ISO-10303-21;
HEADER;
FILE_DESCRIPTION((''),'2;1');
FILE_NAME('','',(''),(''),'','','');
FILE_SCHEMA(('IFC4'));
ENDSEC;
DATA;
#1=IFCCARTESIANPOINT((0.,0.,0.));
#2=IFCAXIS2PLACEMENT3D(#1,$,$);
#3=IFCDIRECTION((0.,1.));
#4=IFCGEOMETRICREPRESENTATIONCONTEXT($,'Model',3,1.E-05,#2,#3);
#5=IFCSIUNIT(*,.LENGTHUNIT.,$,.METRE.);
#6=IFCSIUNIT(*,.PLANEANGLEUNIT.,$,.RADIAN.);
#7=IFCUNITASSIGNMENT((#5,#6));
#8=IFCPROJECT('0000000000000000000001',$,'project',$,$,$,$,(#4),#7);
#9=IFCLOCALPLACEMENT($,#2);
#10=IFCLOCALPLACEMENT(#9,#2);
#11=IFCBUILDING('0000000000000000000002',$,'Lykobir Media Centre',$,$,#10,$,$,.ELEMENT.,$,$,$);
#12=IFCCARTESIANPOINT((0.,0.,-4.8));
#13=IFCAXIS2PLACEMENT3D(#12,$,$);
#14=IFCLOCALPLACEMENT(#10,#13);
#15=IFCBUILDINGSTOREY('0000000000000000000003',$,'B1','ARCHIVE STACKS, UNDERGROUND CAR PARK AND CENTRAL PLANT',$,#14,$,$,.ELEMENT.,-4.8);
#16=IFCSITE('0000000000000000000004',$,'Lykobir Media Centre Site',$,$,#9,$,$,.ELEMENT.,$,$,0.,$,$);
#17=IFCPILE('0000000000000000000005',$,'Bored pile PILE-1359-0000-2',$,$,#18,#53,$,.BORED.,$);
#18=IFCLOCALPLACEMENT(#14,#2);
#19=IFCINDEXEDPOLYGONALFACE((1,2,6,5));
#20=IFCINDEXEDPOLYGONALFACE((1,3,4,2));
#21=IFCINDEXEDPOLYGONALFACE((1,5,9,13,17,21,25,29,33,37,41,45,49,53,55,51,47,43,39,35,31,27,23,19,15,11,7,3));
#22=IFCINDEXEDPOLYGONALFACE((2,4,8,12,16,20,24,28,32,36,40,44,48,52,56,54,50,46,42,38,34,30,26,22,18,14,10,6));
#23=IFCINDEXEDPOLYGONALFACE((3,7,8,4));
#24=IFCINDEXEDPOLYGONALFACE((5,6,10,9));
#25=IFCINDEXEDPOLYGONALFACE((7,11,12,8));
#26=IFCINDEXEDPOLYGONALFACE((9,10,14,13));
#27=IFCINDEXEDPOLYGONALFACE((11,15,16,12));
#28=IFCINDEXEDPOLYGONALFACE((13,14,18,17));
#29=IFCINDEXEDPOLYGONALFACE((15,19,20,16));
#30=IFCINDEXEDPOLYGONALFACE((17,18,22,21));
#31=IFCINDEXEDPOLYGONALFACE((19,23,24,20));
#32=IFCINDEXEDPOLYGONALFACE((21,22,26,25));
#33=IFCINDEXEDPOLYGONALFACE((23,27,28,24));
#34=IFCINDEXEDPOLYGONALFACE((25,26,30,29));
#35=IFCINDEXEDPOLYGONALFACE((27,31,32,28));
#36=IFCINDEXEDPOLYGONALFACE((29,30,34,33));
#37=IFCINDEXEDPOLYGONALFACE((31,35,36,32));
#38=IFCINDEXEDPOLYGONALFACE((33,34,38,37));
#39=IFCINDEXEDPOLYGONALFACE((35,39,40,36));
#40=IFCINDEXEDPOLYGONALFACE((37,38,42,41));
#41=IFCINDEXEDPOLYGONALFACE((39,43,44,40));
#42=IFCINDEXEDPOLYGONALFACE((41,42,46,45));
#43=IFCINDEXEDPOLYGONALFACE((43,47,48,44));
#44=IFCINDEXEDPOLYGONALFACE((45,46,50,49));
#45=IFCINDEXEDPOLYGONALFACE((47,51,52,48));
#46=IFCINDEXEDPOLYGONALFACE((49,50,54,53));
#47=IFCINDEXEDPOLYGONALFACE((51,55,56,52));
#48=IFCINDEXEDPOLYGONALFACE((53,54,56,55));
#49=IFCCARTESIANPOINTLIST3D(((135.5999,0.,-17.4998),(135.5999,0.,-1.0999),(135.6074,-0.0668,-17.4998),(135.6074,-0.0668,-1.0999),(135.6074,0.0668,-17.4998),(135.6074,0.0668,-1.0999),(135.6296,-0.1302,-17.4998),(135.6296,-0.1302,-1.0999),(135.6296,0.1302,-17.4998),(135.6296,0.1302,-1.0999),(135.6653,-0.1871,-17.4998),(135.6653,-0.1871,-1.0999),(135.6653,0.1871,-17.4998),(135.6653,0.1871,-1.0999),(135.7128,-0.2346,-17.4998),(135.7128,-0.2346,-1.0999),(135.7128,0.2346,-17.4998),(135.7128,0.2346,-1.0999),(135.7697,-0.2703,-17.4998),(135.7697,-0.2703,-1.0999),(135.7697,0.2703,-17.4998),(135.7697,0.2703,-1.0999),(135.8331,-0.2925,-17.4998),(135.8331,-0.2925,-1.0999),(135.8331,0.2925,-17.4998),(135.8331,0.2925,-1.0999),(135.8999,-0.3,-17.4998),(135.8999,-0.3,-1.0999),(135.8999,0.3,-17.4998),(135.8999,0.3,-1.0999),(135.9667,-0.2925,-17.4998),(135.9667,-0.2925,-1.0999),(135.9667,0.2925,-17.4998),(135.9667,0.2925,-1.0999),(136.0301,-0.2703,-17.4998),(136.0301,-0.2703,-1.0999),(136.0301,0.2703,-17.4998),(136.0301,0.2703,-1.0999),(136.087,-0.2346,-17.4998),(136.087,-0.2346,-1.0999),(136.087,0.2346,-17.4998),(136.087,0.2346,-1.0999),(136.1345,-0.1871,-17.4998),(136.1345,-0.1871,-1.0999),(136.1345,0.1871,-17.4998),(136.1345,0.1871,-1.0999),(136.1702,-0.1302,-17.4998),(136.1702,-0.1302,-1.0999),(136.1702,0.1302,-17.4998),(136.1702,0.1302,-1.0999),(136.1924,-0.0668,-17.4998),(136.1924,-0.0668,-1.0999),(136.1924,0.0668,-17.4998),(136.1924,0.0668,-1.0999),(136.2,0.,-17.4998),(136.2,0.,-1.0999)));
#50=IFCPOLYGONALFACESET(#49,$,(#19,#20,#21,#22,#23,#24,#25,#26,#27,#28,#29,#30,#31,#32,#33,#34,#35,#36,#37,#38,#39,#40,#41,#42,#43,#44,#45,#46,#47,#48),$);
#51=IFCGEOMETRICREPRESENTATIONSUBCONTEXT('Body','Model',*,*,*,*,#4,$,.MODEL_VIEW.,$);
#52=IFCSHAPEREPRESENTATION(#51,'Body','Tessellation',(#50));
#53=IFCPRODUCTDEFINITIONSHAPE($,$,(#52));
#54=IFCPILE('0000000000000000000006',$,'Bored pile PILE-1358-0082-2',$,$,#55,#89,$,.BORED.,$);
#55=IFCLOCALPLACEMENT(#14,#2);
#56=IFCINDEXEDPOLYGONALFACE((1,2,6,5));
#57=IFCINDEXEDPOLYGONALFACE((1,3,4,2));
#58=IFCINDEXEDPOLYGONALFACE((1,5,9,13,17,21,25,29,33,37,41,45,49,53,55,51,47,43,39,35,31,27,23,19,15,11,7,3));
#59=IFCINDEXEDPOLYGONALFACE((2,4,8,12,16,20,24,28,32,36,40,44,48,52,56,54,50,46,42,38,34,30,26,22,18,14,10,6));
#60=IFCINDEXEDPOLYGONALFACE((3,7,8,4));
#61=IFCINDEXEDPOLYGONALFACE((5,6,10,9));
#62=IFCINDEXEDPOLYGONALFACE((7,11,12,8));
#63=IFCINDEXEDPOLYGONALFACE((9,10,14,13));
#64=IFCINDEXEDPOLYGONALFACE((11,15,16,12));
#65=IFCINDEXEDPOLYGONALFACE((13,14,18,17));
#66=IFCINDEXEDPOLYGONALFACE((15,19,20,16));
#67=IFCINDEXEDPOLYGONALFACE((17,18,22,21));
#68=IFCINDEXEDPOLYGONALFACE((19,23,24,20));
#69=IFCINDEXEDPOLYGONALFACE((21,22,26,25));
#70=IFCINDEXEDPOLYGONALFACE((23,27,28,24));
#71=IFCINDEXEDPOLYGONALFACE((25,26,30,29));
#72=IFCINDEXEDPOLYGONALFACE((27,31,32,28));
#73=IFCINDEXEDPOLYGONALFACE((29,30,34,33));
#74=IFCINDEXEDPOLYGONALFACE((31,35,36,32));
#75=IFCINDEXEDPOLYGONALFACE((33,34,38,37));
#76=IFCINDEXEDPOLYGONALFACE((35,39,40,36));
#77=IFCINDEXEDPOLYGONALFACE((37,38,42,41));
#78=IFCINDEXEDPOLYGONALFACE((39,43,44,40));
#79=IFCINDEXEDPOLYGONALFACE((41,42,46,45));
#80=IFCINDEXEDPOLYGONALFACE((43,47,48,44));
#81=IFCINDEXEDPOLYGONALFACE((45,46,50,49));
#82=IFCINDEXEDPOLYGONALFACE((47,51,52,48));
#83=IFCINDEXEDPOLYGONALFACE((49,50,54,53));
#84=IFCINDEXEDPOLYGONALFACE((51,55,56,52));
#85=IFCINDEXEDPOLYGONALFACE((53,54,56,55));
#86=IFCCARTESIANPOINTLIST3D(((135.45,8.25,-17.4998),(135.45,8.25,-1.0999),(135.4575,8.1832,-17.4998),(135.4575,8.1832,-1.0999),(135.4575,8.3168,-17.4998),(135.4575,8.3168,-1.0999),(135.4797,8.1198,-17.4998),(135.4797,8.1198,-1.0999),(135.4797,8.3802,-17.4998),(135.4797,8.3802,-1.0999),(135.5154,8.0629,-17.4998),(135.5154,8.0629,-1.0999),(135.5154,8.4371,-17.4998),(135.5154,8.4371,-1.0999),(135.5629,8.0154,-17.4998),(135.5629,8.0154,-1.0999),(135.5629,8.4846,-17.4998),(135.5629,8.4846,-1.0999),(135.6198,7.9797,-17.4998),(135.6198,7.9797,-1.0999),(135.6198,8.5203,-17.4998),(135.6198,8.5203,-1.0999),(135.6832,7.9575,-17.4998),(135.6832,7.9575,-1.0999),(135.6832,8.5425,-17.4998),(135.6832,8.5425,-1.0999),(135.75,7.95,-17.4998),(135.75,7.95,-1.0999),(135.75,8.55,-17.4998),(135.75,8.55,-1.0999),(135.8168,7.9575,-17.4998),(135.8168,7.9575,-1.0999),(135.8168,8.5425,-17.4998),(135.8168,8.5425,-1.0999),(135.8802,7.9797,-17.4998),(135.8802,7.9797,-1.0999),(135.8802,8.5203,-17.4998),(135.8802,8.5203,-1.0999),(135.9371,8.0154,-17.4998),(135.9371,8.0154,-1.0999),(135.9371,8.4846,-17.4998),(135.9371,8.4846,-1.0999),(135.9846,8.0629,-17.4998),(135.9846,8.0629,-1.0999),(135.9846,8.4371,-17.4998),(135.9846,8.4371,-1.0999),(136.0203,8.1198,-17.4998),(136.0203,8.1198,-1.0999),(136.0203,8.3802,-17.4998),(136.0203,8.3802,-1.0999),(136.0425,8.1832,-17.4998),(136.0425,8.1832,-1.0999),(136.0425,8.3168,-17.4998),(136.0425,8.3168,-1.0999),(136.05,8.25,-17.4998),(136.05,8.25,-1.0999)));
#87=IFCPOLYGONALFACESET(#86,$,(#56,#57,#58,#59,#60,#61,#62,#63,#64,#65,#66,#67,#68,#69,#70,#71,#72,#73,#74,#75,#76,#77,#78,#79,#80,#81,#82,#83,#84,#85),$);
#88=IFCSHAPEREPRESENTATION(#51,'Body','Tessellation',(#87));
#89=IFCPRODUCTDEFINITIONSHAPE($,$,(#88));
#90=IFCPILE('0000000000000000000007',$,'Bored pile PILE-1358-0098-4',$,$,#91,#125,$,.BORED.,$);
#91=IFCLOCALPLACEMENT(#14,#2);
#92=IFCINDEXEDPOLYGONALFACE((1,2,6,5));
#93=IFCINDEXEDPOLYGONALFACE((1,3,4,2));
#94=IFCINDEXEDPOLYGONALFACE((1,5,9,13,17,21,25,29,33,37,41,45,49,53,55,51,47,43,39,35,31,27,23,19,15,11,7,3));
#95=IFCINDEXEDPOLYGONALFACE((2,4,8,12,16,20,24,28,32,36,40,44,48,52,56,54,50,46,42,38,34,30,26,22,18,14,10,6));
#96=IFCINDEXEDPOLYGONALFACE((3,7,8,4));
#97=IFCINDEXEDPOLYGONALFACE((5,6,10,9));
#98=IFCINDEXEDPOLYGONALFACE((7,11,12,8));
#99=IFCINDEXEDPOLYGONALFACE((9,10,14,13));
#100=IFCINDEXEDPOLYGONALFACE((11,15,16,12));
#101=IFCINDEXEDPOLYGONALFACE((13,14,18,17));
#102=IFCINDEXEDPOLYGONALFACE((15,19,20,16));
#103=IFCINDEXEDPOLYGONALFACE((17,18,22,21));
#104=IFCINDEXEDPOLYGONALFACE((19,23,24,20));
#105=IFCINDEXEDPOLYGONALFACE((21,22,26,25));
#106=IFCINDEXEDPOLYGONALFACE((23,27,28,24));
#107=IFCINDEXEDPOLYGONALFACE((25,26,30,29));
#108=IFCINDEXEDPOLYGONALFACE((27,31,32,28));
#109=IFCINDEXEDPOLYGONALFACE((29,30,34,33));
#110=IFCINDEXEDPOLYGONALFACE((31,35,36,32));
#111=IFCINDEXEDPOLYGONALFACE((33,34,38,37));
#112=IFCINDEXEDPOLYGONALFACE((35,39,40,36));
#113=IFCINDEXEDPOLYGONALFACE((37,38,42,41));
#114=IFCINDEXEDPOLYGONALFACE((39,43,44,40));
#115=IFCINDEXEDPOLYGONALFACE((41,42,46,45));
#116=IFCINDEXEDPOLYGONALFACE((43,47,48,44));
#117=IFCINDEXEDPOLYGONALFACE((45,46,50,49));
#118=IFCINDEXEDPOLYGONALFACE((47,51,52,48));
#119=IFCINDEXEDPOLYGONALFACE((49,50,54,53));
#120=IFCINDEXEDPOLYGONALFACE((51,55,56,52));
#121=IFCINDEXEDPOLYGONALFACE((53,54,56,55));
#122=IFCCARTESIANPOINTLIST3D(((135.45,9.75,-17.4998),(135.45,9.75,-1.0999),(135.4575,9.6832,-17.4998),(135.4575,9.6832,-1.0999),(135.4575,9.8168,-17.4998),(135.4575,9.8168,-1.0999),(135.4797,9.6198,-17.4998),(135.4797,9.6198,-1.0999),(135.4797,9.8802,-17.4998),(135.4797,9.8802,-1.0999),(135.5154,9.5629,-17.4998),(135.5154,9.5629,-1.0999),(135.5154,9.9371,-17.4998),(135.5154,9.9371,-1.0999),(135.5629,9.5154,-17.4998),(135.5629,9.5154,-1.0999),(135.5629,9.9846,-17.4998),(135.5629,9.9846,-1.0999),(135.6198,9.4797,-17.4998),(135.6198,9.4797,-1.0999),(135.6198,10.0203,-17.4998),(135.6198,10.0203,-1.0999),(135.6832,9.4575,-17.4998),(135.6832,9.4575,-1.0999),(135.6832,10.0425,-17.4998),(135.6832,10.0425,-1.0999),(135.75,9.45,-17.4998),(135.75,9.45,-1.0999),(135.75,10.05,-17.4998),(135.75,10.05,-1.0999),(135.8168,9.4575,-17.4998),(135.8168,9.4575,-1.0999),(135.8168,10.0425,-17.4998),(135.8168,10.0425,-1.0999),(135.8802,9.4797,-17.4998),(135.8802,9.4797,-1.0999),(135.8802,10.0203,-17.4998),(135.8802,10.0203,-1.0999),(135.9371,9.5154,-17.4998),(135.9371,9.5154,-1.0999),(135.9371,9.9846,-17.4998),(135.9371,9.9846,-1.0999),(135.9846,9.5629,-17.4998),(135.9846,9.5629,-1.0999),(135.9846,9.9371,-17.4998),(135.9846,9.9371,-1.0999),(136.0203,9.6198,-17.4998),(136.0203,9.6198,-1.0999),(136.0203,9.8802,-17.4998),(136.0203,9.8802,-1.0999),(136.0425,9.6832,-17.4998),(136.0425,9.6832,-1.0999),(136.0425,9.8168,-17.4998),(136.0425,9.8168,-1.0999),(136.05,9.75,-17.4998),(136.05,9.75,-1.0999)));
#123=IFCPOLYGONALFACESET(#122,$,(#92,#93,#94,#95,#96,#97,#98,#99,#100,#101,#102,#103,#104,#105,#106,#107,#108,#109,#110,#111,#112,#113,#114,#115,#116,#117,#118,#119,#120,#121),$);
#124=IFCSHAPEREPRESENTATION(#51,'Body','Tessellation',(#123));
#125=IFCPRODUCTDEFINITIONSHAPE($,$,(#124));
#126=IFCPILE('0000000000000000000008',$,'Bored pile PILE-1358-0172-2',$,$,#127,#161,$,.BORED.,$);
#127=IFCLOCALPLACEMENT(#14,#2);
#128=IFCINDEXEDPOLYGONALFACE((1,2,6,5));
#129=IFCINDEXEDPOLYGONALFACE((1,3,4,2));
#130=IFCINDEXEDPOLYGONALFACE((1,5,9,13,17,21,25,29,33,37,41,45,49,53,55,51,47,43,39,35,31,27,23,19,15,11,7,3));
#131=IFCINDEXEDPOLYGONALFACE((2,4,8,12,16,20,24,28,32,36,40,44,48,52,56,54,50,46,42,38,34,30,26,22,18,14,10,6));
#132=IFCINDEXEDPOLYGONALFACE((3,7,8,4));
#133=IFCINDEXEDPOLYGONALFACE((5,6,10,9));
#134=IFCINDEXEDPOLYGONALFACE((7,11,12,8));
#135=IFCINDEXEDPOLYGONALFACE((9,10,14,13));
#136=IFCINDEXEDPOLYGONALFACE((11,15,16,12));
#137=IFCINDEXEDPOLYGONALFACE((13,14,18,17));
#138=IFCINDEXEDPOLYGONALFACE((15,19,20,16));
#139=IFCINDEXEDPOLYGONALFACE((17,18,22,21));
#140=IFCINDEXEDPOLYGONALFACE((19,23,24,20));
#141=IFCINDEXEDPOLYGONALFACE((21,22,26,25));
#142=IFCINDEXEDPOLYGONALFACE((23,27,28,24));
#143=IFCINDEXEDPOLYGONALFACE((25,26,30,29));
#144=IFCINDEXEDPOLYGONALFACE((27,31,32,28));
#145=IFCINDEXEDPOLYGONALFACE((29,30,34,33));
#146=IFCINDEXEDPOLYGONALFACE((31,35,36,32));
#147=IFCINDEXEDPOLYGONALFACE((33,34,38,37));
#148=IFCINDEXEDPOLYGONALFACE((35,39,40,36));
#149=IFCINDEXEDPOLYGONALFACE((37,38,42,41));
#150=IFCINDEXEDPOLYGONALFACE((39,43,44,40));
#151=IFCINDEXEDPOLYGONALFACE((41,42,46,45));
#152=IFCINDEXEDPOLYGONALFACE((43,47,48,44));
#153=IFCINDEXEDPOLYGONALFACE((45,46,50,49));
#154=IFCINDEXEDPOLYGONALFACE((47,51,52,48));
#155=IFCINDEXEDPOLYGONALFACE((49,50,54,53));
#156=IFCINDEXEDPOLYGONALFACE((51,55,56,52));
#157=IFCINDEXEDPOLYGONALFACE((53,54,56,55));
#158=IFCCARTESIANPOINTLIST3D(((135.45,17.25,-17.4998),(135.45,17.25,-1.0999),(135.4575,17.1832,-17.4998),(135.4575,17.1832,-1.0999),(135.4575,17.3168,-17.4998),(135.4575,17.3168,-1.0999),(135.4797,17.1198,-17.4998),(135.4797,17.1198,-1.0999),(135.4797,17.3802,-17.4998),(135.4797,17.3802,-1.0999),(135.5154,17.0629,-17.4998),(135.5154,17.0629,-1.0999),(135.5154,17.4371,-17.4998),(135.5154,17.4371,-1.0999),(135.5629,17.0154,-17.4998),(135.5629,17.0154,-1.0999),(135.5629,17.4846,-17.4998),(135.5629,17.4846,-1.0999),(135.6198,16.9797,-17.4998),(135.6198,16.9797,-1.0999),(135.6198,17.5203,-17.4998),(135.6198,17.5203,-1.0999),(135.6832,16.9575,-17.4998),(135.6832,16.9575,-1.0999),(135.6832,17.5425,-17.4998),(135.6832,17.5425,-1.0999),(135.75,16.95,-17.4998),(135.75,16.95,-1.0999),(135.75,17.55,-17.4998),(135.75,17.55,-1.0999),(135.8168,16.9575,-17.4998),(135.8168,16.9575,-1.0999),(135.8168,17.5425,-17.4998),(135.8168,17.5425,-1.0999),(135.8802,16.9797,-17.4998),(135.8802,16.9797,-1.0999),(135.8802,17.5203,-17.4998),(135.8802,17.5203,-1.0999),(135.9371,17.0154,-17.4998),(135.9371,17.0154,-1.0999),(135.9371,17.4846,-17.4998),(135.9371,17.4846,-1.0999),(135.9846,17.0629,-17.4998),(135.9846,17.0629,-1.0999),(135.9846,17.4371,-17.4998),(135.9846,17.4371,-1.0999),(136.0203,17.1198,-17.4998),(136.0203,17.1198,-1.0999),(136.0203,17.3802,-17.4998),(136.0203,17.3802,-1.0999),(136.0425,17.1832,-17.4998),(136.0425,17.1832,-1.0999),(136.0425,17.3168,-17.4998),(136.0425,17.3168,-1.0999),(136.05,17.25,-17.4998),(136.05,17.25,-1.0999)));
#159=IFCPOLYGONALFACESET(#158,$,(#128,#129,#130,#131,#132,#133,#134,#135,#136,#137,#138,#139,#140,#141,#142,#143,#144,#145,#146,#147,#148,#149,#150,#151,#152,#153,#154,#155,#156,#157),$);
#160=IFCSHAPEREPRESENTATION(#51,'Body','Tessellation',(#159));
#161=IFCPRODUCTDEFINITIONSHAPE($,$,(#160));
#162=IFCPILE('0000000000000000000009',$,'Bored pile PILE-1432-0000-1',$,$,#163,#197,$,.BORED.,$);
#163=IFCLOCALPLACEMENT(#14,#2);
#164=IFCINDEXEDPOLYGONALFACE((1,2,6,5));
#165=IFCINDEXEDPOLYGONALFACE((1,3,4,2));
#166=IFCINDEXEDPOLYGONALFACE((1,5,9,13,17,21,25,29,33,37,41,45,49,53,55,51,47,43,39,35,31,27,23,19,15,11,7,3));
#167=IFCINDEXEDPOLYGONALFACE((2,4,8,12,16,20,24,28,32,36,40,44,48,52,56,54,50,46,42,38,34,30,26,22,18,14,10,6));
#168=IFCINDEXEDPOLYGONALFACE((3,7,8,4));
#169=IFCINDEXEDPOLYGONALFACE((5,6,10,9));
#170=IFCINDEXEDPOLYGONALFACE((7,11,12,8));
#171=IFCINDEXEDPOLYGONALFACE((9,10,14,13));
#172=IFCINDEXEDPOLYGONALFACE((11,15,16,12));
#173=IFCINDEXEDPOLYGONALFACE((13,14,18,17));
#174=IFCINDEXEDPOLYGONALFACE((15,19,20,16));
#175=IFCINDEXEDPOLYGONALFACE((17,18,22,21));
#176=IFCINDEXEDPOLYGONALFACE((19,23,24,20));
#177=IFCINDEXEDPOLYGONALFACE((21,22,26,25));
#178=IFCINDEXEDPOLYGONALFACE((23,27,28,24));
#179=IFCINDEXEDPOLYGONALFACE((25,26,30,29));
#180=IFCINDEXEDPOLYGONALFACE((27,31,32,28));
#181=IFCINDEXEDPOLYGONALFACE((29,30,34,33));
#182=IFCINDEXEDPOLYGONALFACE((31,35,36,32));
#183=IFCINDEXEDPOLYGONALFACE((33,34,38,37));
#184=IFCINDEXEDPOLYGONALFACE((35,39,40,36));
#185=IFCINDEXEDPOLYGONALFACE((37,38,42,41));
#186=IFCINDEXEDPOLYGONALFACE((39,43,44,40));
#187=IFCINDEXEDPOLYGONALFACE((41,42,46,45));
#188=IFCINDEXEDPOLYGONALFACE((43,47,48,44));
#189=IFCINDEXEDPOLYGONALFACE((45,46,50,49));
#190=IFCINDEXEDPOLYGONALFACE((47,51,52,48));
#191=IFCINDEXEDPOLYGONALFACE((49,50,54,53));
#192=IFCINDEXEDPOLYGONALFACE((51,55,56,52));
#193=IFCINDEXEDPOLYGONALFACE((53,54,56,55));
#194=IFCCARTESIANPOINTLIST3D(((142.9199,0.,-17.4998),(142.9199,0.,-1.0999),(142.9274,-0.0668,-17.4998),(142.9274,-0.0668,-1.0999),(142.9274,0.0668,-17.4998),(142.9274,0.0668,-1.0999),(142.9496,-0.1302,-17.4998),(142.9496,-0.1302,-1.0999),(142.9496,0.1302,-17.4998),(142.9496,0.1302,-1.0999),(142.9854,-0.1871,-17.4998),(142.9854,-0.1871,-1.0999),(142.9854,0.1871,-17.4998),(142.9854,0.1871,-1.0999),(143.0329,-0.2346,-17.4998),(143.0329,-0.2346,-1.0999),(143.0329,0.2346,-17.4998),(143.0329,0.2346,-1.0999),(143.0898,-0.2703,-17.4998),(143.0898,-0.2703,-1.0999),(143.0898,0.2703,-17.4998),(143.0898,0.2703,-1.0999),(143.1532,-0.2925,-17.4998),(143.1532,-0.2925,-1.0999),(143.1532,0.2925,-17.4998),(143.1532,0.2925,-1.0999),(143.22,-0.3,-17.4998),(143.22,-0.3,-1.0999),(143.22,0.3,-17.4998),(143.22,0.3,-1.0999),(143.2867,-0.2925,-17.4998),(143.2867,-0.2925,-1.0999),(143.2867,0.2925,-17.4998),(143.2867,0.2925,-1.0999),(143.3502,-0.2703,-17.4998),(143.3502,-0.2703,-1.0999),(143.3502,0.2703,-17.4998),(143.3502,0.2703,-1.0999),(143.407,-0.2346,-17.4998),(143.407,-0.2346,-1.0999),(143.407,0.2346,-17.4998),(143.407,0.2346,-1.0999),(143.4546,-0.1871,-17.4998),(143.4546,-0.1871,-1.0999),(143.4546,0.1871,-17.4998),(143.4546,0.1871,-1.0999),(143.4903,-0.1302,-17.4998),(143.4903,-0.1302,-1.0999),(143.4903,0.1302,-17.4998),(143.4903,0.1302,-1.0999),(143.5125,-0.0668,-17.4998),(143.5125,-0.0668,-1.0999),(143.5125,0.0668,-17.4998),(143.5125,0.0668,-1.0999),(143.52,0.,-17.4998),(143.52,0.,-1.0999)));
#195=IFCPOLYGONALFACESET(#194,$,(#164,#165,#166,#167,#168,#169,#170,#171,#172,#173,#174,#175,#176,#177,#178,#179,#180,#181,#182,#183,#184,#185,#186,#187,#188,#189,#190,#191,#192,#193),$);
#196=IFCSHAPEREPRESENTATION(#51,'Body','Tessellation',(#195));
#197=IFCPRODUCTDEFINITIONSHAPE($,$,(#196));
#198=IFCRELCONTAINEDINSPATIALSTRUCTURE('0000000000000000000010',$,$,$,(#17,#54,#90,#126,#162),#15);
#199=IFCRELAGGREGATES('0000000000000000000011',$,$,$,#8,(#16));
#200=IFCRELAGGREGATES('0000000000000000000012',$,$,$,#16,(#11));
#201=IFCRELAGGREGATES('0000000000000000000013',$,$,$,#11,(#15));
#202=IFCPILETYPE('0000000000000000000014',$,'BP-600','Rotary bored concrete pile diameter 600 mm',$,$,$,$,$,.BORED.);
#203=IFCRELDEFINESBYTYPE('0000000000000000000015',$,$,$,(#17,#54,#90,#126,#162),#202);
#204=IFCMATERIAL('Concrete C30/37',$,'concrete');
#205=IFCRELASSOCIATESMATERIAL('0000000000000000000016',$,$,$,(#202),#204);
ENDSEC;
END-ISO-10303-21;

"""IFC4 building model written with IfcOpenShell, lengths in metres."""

from ifc_helpers import new_model, si_unit, direction, frame, origin, origin_2d, place, context, subcontext, project, spatial, circle, extrude, material, material_profile, profile_set, type_object, element, save


model = new_model("IFC4")

# Units and contexts
model_context = context("Model", 3, precision=1e-05, world=origin(), true_north=direction((0.0, 1.0)))
body_context = subcontext(model_context, "Body", "Model", "MODEL_VIEW")
ifc_project = project(units=[si_unit("LENGTHUNIT", "METRE"), si_unit("PLANEANGLEUNIT", "RADIAN")], contexts=[model_context])

# Site, building, storey
site_placement = place(None, origin())
site = spatial("IfcSite", under=ifc_project, at=site_placement, Name="Lykobir Media Centre Site", CompositionType="ELEMENT", RefElevation=0.0)
building_placement = place(site_placement, origin())
building = spatial("IfcBuilding", under=site, at=building_placement, Name="Lykobir Media Centre", CompositionType="ELEMENT")
storey_placement = place(building_placement, frame((0.0, 0.0, -4.8)))
storey = spatial("IfcBuildingStorey", under=building, at=storey_placement, Name="B1", Description="ARCHIVE STACKS, UNDERGROUND CAR PARK AND CENTRAL PLANT", CompositionType="ELEMENT", Elevation=-4.8)

# Piles
ifc_material_1 = material(Name="Concrete C30/37", Category="concrete")
ifc_material_profile_1 = material_profile(ifc_material_1, circle(Radius=0.3, at=origin_2d()), Name="BORED PILE D600")
ifc_profile_set_1 = profile_set([ifc_material_profile_1], Name="Concrete C30/37")
pile_type = type_object("IfcPileType", Name="BP-600", Description="Rotary bored concrete pile diameter 600 mm", PredefinedType="BORED", material=ifc_profile_set_1)
for number, where, z_axis, x_axis, name in (
    (1, (135.8999, 0.0, -1.0999), (0.0, 0.0, -1.0), (1.0, 0.0, 0.0), "Bored pile PILE-1359-0000-2"),
    (2, (135.75, 8.25, -1.0999), (0.0, 0.0, -1.0), (1.0, 0.0, 0.0), "Bored pile PILE-1358-0082-2"),
    (3, (135.75, 9.75, -1.0999), (0.0, 0.0, -1.0), (1.0, 0.0, 0.0), "Bored pile PILE-1358-0098-4"),
    (4, (135.75, 17.25, -1.0999), (0.0, 0.0, -1.0), (1.0, 0.0, 0.0), "Bored pile PILE-1358-0172-2"),
    (5, (143.22, 0.0, -1.0999), (0.0, 0.0, -1.0), (1.0, 0.0, 0.0), "Bored pile PILE-1432-0000-1"),
):
    element("IfcPile", number, at=place(storey_placement, frame(where, z_axis=z_axis, x_axis=x_axis)), inside=storey, type_object=pile_type, Name=name, PredefinedType="BORED", context=body_context, shape_type="SweptSolid", body=[
        extrude(circle(Radius=0.3, at=origin_2d()), origin(), (0.0, 0.0, 1.0), 16.3999),
    ])

save(model, "model.ifc")
